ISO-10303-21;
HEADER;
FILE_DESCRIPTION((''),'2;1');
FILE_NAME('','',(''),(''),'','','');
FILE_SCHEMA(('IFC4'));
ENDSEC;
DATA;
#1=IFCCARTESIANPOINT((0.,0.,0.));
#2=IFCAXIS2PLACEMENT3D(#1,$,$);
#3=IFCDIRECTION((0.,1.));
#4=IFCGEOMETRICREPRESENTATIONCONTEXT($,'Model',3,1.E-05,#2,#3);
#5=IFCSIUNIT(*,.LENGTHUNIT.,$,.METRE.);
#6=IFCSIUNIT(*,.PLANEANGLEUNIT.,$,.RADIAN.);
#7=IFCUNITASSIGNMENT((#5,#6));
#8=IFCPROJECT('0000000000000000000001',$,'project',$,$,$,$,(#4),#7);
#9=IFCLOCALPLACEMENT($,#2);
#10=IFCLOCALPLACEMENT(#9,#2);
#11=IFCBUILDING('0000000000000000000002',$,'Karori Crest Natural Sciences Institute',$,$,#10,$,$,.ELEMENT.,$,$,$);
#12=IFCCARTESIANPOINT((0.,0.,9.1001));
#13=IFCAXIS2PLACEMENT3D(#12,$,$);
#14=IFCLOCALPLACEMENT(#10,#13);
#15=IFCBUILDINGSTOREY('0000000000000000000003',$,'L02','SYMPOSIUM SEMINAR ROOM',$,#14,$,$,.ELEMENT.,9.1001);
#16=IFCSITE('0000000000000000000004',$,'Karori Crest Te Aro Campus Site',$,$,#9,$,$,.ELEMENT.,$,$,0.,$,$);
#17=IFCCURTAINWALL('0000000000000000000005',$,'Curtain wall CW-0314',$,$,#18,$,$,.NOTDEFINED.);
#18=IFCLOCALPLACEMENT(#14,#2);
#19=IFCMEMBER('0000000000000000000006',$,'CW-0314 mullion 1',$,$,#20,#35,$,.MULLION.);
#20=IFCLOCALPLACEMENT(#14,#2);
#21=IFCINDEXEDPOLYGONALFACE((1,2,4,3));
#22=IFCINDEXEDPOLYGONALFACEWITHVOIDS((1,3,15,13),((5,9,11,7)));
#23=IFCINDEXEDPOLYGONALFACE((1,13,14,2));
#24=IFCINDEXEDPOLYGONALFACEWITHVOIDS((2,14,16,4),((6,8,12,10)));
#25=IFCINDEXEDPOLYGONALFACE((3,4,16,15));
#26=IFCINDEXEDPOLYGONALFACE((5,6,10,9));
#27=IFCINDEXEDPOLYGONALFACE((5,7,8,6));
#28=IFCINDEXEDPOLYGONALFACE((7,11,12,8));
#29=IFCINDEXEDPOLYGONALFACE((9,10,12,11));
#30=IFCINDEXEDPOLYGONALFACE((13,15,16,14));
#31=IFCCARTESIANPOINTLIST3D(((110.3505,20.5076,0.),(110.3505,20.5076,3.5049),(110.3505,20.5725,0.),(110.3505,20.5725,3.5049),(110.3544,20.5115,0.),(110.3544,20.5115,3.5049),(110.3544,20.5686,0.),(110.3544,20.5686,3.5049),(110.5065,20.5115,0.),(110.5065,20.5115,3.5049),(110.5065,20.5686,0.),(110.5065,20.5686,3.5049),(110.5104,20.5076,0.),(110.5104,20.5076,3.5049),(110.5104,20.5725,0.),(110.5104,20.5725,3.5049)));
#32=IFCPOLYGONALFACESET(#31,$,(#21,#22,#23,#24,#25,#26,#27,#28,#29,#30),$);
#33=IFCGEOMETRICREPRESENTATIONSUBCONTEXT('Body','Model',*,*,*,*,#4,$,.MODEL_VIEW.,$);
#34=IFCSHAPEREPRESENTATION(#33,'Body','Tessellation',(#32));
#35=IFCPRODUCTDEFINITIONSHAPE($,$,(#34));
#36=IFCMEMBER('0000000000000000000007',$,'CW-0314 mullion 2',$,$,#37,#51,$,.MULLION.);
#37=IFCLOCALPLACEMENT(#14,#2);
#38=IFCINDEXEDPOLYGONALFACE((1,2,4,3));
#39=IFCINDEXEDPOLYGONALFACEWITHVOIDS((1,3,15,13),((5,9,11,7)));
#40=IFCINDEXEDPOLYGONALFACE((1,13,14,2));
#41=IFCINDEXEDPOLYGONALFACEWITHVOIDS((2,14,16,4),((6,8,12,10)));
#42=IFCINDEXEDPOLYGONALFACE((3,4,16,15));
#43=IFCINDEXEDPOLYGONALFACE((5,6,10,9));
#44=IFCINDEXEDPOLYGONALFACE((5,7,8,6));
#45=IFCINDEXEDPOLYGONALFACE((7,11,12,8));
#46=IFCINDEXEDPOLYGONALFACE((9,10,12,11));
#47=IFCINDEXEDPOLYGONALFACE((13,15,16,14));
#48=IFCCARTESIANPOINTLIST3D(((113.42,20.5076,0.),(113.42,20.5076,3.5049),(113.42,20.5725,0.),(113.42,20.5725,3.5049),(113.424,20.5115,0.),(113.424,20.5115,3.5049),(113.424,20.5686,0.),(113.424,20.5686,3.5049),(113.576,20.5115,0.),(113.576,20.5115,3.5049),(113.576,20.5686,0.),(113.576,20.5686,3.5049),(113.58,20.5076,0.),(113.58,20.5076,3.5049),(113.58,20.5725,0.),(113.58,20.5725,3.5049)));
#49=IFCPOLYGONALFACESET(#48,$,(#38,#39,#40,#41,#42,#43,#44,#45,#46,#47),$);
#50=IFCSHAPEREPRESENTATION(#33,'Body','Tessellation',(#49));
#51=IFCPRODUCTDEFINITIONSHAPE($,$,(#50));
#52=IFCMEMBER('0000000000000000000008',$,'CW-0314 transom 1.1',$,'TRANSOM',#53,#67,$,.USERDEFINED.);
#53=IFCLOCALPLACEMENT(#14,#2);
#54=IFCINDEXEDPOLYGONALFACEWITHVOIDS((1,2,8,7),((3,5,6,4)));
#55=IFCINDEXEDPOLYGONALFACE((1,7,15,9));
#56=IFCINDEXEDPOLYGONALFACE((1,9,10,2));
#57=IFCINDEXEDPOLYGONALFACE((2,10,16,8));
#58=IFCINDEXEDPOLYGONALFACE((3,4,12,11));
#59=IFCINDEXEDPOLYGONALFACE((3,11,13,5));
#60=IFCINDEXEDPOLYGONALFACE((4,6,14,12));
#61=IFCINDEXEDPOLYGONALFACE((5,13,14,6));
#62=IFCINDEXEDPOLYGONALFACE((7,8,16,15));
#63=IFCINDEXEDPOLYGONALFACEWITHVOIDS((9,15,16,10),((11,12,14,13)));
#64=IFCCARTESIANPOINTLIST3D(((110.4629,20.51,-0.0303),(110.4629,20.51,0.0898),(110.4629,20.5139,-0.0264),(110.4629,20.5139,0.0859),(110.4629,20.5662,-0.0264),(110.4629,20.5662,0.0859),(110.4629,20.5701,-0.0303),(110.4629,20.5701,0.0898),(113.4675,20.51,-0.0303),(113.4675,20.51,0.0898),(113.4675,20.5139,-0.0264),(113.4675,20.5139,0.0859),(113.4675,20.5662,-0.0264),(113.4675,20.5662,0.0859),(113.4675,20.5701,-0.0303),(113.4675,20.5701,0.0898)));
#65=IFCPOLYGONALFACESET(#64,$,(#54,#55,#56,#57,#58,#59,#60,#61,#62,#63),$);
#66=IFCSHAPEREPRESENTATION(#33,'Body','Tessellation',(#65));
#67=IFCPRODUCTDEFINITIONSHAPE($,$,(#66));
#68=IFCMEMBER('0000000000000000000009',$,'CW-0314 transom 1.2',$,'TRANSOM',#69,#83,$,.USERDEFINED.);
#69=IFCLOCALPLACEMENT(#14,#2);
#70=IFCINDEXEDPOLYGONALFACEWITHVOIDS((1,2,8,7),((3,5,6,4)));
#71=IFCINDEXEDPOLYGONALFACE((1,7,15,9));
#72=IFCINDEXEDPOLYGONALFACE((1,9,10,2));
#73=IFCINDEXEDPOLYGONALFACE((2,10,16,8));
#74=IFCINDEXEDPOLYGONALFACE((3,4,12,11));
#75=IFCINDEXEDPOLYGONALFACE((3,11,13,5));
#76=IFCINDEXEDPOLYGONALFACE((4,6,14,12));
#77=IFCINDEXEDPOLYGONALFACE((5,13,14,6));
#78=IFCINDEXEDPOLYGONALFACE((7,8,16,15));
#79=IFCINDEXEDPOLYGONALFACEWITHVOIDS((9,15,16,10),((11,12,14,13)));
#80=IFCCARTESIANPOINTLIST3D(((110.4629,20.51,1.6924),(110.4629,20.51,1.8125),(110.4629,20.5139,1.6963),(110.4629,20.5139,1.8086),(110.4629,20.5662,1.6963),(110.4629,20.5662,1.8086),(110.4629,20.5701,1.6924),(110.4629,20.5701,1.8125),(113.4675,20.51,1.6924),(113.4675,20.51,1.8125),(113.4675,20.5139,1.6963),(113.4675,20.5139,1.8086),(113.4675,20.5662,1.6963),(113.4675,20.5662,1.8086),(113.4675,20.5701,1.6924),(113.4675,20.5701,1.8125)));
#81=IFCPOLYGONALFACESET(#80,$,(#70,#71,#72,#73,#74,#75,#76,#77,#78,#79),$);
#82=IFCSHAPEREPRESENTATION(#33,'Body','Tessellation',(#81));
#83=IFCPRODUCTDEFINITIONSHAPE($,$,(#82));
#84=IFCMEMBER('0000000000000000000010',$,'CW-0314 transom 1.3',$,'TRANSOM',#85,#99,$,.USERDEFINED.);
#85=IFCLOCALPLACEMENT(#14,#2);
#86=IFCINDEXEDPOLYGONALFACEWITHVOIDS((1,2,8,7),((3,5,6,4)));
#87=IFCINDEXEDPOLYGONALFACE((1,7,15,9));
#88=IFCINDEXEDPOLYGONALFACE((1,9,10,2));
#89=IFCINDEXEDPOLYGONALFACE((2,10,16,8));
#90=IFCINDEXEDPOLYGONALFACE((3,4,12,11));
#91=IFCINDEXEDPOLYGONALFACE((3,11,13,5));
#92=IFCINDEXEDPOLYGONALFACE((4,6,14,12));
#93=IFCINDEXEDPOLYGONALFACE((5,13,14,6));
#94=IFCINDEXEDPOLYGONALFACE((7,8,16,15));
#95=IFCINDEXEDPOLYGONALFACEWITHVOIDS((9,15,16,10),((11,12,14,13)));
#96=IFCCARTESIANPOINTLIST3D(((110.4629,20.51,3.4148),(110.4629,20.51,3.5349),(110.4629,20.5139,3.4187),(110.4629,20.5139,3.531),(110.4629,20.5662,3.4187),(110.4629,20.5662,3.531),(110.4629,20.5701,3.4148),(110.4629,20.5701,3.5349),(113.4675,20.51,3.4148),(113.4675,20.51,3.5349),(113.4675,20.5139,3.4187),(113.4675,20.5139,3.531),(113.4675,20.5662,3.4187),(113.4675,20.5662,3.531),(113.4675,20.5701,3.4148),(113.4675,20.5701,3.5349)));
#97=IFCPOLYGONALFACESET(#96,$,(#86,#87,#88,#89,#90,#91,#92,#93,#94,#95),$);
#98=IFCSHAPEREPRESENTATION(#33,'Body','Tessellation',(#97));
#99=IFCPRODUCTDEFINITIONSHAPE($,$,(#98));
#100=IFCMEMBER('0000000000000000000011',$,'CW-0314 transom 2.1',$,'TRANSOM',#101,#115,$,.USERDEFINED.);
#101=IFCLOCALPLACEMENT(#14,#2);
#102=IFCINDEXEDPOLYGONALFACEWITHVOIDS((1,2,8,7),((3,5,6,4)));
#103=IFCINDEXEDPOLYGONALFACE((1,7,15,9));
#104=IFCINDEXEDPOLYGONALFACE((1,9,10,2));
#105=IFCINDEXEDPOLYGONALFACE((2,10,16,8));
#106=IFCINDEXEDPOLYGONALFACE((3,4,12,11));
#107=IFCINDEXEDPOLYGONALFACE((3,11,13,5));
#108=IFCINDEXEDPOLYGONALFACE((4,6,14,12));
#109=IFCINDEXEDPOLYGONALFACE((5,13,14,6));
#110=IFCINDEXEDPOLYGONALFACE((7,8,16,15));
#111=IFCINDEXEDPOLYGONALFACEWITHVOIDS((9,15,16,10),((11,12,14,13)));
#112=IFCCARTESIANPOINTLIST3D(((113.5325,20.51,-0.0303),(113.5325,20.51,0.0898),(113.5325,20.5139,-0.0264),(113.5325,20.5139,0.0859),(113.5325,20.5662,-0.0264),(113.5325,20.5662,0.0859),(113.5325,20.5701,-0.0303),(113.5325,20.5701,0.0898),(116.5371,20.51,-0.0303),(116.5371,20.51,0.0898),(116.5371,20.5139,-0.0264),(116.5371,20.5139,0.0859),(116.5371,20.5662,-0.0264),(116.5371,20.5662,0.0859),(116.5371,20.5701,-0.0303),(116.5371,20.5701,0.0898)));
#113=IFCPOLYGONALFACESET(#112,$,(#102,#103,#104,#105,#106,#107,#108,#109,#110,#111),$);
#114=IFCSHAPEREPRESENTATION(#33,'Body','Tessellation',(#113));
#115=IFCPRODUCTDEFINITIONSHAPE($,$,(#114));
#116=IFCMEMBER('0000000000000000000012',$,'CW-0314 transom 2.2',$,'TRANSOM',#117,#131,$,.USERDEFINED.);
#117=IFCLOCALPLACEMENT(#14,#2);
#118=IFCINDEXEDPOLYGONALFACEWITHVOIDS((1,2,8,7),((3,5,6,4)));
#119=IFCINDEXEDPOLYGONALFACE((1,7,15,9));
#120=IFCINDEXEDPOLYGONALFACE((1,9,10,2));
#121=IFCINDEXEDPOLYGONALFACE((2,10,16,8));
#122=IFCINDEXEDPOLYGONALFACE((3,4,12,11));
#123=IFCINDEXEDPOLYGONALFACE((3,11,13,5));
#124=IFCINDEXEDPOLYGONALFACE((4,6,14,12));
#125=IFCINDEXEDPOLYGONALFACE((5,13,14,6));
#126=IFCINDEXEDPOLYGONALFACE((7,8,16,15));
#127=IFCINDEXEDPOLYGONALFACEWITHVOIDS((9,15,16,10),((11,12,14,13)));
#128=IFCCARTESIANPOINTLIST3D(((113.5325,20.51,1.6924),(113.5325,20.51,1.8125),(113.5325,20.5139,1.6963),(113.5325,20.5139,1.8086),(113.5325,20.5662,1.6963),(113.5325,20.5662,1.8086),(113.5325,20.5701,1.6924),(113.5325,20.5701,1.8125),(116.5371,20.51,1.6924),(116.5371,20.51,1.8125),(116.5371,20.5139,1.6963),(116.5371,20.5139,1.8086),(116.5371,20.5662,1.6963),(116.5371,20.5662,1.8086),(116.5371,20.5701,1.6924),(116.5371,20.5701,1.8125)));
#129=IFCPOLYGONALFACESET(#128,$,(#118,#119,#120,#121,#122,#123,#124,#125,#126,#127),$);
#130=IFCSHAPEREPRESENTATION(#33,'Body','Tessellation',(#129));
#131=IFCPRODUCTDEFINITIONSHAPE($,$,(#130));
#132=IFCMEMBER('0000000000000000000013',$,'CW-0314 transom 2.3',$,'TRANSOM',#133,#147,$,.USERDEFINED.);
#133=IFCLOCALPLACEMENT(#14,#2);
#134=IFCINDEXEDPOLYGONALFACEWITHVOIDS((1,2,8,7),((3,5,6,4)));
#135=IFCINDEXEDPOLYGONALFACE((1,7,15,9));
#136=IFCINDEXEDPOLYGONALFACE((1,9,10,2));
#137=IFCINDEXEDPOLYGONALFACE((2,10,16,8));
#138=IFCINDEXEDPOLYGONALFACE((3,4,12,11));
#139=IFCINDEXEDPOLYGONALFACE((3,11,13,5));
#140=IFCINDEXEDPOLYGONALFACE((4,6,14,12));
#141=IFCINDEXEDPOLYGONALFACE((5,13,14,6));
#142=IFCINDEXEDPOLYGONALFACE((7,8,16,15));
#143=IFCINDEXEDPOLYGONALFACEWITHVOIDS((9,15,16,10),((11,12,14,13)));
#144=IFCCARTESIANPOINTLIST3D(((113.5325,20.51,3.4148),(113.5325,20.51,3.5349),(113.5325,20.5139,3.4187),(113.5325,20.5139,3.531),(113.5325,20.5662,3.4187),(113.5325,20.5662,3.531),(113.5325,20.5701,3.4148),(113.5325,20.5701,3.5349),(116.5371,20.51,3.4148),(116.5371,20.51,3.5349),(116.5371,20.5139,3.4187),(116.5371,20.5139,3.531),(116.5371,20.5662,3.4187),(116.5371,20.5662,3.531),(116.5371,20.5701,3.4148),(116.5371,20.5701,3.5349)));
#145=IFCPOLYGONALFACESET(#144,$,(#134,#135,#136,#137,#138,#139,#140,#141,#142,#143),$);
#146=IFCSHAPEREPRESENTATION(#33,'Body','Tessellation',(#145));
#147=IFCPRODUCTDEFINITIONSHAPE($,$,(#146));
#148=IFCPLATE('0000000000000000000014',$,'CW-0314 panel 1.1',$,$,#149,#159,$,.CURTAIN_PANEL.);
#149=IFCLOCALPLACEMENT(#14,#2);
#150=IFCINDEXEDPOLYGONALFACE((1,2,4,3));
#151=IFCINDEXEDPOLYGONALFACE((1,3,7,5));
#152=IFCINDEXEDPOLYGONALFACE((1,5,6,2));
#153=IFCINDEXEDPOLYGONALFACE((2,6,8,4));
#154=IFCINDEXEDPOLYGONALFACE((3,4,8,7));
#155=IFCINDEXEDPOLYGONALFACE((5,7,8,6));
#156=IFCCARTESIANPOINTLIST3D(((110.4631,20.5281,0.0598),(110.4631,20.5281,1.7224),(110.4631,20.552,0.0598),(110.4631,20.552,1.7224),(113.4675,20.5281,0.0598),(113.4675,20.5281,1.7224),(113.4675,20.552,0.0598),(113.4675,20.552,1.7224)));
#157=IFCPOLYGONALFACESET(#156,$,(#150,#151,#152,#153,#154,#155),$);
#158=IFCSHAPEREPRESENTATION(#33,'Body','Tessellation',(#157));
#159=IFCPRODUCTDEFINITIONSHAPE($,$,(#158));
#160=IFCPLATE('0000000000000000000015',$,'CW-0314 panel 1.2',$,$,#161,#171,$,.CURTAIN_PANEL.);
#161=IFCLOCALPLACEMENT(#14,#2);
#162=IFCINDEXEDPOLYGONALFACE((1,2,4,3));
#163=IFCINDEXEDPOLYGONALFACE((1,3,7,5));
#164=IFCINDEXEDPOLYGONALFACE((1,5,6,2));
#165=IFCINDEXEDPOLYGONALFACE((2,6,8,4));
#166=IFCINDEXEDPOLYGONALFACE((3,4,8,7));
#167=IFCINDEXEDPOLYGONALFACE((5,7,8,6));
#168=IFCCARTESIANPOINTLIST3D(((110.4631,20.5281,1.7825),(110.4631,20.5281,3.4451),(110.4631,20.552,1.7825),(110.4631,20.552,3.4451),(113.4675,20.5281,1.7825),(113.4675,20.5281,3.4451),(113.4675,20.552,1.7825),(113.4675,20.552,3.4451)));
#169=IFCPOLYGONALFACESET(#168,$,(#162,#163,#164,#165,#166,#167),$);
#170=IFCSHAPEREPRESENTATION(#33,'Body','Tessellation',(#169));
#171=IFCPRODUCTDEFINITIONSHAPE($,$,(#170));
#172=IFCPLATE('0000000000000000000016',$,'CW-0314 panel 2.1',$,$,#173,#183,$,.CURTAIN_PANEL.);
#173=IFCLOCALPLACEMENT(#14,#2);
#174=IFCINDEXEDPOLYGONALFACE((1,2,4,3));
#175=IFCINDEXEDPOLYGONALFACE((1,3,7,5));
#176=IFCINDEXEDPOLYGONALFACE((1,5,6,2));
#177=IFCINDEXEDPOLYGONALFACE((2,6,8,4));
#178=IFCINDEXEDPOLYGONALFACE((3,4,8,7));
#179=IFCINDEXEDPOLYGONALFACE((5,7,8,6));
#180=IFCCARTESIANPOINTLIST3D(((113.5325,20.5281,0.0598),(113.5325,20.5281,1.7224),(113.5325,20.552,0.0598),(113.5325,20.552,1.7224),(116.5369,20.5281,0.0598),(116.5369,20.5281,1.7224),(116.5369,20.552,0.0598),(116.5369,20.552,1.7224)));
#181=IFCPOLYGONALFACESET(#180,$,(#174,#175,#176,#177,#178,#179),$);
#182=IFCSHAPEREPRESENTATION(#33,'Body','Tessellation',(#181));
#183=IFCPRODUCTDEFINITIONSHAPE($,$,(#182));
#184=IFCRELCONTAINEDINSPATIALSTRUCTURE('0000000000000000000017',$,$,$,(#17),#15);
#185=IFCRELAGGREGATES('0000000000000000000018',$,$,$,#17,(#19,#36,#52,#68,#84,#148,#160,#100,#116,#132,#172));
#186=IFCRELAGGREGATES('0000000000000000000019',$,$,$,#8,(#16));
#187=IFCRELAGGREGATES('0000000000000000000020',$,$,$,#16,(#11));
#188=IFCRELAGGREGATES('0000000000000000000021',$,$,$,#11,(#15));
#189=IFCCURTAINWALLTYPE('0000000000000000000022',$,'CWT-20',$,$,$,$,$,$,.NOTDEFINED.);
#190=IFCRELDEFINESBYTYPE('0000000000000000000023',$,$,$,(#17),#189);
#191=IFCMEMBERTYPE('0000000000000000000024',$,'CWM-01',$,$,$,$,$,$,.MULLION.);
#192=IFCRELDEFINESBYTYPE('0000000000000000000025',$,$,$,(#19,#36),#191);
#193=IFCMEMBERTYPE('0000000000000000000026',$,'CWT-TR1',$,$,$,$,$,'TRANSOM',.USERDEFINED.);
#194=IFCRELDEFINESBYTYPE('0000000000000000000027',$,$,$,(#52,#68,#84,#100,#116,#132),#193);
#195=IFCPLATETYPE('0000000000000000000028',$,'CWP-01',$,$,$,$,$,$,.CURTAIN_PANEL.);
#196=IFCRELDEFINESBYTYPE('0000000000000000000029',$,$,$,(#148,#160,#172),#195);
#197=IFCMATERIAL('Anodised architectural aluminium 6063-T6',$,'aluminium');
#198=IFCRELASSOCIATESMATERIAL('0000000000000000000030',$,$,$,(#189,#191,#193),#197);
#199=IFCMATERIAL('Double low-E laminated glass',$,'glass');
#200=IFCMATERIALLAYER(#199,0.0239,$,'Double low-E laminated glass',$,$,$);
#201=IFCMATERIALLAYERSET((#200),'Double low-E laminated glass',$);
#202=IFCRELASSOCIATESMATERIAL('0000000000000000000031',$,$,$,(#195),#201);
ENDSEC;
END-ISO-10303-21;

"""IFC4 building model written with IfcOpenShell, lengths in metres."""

from ifc_helpers import new_model, si_unit, direction, frame, origin, origin_2d, place, context, subcontext, project, spatial, rectangle, hollow_rectangle, extrude, material, layer, layer_set, material_profile, profile_set, type_object, element, aggregate, save


model = new_model("IFC4")

# Units and contexts
model_context = context("Model", 3, precision=1e-05, world=origin(), true_north=direction((0.0, 1.0)))
body_context = subcontext(model_context, "Body", "Model", "MODEL_VIEW")
ifc_project = project(units=[si_unit("LENGTHUNIT", "METRE"), si_unit("PLANEANGLEUNIT", "RADIAN")], contexts=[model_context])

# Site, building, storey
site_placement = place(None, origin())
site = spatial("IfcSite", under=ifc_project, at=site_placement, Name="Karori Crest Te Aro Campus Site", CompositionType="ELEMENT", RefElevation=0.0)
building_placement = place(site_placement, origin())
building = spatial("IfcBuilding", under=site, at=building_placement, Name="Karori Crest Natural Sciences Institute", CompositionType="ELEMENT")
storey_placement = place(building_placement, frame((0.0, 0.0, 9.1001)))
storey = spatial("IfcBuildingStorey", under=building, at=storey_placement, Name="L02", Description="SYMPOSIUM SEMINAR ROOM", CompositionType="ELEMENT", Elevation=9.1001)

# Shared definitions
ifc_material_1 = material(Name="Anodised architectural aluminium 6063-T6", Category="aluminium")
curtain_wall_type = type_object("IfcCurtainWallType", Name="CWT-20", PredefinedType="NOTDEFINED", material=ifc_material_1)
ifc_material_profile_1 = material_profile(ifc_material_1, hollow_rectangle(XDim=0.0649, YDim=0.1599, WallThickness=0.0039, at=origin_2d()), Name="CWM160x65x4")
ifc_profile_set_1 = profile_set([ifc_material_profile_1], Name="Anodised architectural aluminium 6063-T6")
member_type_1 = type_object("IfcMemberType", Name="CWM-01", PredefinedType="MULLION", material=ifc_profile_set_1)

# Curtain wall, members, plates
curtain_wall_1_placement = place(storey_placement, origin())
curtain_wall_1 = element("IfcCurtainWall", 1, at=curtain_wall_1_placement, inside=storey, type_object=curtain_wall_type, Name="Curtain wall CW-0314", PredefinedType="NOTDEFINED")
member_1_placement = place(storey_placement, frame((110.4304, 20.54, 0.0), z_axis=(0.0, 0.0, 1.0), x_axis=(0.0, 1.0, 0.0)))
member_1 = element("IfcMember", 2, at=member_1_placement, type_object=member_type_1, Name="CW-0314 mullion 1", PredefinedType="MULLION", context=body_context, shape_type="SweptSolid", body=[
    extrude(hollow_rectangle(XDim=0.0649, YDim=0.1599, WallThickness=0.0039, at=origin_2d()), origin(), (0.0, 0.0, 1.0), 3.5049),
])
member_2_placement = place(storey_placement, frame((113.5, 20.54, 0.0), z_axis=(0.0, 0.0, 1.0), x_axis=(0.0, 1.0, 0.0)))
member_2 = element("IfcMember", 3, at=member_2_placement, type_object=member_type_1, Name="CW-0314 mullion 2", PredefinedType="MULLION", context=body_context, shape_type="SweptSolid", body=[
    extrude(hollow_rectangle(XDim=0.0649, YDim=0.1599, WallThickness=0.0039, at=origin_2d()), origin(), (0.0, 0.0, 1.0), 3.5049),
])
ifc_material_profile_2 = material_profile(ifc_material_1, hollow_rectangle(XDim=0.0601, YDim=0.1201, WallThickness=0.0039, at=origin_2d()), Name="CWT120x60x4")
ifc_profile_set_2 = profile_set([ifc_material_profile_2], Name="Anodised architectural aluminium 6063-T6")
member_type_2 = type_object("IfcMemberType", Name="CWT-TR1", ElementType="TRANSOM", PredefinedType="USERDEFINED", material=ifc_profile_set_2)
member_3_placement = place(storey_placement, frame((110.4629, 20.54, 0.0298), z_axis=(1.0, 0.0, 0.0), x_axis=(0.0, 1.0, 0.0)))
member_3 = element("IfcMember", 4, at=member_3_placement, type_object=member_type_2, Name="CW-0314 transom 1.1", ObjectType="TRANSOM", PredefinedType="USERDEFINED", context=body_context, shape_type="SweptSolid", body=[
    extrude(hollow_rectangle(XDim=0.0601, YDim=0.1201, WallThickness=0.0039, at=origin_2d()), origin(), (0.0, 0.0, 1.0), 3.0046),
])
member_4_placement = place(storey_placement, frame((110.4629, 20.54, 1.7524), z_axis=(1.0, 0.0, 0.0), x_axis=(0.0, 1.0, 0.0)))
member_4 = element("IfcMember", 5, at=member_4_placement, type_object=member_type_2, Name="CW-0314 transom 1.2", ObjectType="TRANSOM", PredefinedType="USERDEFINED", context=body_context, shape_type="SweptSolid", body=[
    extrude(hollow_rectangle(XDim=0.0601, YDim=0.1201, WallThickness=0.0039, at=origin_2d()), origin(), (0.0, 0.0, 1.0), 3.0046),
])
member_5_placement = place(storey_placement, frame((110.4629, 20.54, 3.4749), z_axis=(1.0, 0.0, 0.0), x_axis=(0.0, 1.0, 0.0)))
member_5 = element("IfcMember", 6, at=member_5_placement, type_object=member_type_2, Name="CW-0314 transom 1.3", ObjectType="TRANSOM", PredefinedType="USERDEFINED", context=body_context, shape_type="SweptSolid", body=[
    extrude(hollow_rectangle(XDim=0.0601, YDim=0.1201, WallThickness=0.0039, at=origin_2d()), origin(), (0.0, 0.0, 1.0), 3.0046),
])
member_6_placement = place(storey_placement, frame((113.5325, 20.54, 0.0298), z_axis=(1.0, 0.0, 0.0), x_axis=(0.0, 1.0, 0.0)))
member_6 = element("IfcMember", 7, at=member_6_placement, type_object=member_type_2, Name="CW-0314 transom 2.1", ObjectType="TRANSOM", PredefinedType="USERDEFINED", context=body_context, shape_type="SweptSolid", body=[
    extrude(hollow_rectangle(XDim=0.0601, YDim=0.1201, WallThickness=0.0039, at=origin_2d()), origin(), (0.0, 0.0, 1.0), 3.0046),
])
member_7_placement = place(storey_placement, frame((113.5325, 20.54, 1.7524), z_axis=(1.0, 0.0, 0.0), x_axis=(0.0, 1.0, 0.0)))
member_7 = element("IfcMember", 8, at=member_7_placement, type_object=member_type_2, Name="CW-0314 transom 2.2", ObjectType="TRANSOM", PredefinedType="USERDEFINED", context=body_context, shape_type="SweptSolid", body=[
    extrude(hollow_rectangle(XDim=0.0601, YDim=0.1201, WallThickness=0.0039, at=origin_2d()), origin(), (0.0, 0.0, 1.0), 3.0046),
])
member_8_placement = place(storey_placement, frame((113.5325, 20.54, 3.4749), z_axis=(1.0, 0.0, 0.0), x_axis=(0.0, 1.0, 0.0)))
member_8 = element("IfcMember", 9, at=member_8_placement, type_object=member_type_2, Name="CW-0314 transom 2.3", ObjectType="TRANSOM", PredefinedType="USERDEFINED", context=body_context, shape_type="SweptSolid", body=[
    extrude(hollow_rectangle(XDim=0.0601, YDim=0.1201, WallThickness=0.0039, at=origin_2d()), origin(), (0.0, 0.0, 1.0), 3.0046),
])
ifc_material_2 = material(Name="Double low-E laminated glass", Category="glass")
ifc_layer_1 = layer(ifc_material_2, 0.0239, Name="Double low-E laminated glass")
ifc_layer_set_1 = layer_set([ifc_layer_1], Name="Double low-E laminated glass")
plate_type = type_object("IfcPlateType", Name="CWP-01", PredefinedType="CURTAIN_PANEL", material=ifc_layer_set_1)
plate_1_placement = place(storey_placement, frame((111.9653, 20.54, 0.0598), z_axis=(0.0, 0.0, 1.0), x_axis=(1.0, 0.0, 0.0)))
plate_1 = element("IfcPlate", 10, at=plate_1_placement, type_object=plate_type, Name="CW-0314 panel 1.1", PredefinedType="CURTAIN_PANEL", context=body_context, shape_type="SweptSolid", body=[
    extrude(rectangle(XDim=3.0044, YDim=0.0239, at=origin_2d()), origin(), (0.0, 0.0, 1.0), 1.6626),
])
plate_2_placement = place(storey_placement, frame((111.9653, 20.54, 1.7825), z_axis=(0.0, 0.0, 1.0), x_axis=(1.0, 0.0, 0.0)))
plate_2 = element("IfcPlate", 11, at=plate_2_placement, type_object=plate_type, Name="CW-0314 panel 1.2", PredefinedType="CURTAIN_PANEL", context=body_context, shape_type="SweptSolid", body=[
    extrude(rectangle(XDim=3.0044, YDim=0.0239, at=origin_2d()), origin(), (0.0, 0.0, 1.0), 1.6626),
])
plate_3_placement = place(storey_placement, frame((115.0347, 20.54, 0.0598), z_axis=(0.0, 0.0, 1.0), x_axis=(1.0, 0.0, 0.0)))
plate_3 = element("IfcPlate", 12, at=plate_3_placement, type_object=plate_type, Name="CW-0314 panel 2.1", PredefinedType="CURTAIN_PANEL", context=body_context, shape_type="SweptSolid", body=[
    extrude(rectangle(XDim=3.0044, YDim=0.0239, at=origin_2d()), origin(), (0.0, 0.0, 1.0), 1.6626),
])
aggregate(curtain_wall_1, [member_1, member_2, member_3, member_4, member_5, plate_1, plate_2, member_6, member_7, member_8, plate_3])

save(model, "model.ifc")
